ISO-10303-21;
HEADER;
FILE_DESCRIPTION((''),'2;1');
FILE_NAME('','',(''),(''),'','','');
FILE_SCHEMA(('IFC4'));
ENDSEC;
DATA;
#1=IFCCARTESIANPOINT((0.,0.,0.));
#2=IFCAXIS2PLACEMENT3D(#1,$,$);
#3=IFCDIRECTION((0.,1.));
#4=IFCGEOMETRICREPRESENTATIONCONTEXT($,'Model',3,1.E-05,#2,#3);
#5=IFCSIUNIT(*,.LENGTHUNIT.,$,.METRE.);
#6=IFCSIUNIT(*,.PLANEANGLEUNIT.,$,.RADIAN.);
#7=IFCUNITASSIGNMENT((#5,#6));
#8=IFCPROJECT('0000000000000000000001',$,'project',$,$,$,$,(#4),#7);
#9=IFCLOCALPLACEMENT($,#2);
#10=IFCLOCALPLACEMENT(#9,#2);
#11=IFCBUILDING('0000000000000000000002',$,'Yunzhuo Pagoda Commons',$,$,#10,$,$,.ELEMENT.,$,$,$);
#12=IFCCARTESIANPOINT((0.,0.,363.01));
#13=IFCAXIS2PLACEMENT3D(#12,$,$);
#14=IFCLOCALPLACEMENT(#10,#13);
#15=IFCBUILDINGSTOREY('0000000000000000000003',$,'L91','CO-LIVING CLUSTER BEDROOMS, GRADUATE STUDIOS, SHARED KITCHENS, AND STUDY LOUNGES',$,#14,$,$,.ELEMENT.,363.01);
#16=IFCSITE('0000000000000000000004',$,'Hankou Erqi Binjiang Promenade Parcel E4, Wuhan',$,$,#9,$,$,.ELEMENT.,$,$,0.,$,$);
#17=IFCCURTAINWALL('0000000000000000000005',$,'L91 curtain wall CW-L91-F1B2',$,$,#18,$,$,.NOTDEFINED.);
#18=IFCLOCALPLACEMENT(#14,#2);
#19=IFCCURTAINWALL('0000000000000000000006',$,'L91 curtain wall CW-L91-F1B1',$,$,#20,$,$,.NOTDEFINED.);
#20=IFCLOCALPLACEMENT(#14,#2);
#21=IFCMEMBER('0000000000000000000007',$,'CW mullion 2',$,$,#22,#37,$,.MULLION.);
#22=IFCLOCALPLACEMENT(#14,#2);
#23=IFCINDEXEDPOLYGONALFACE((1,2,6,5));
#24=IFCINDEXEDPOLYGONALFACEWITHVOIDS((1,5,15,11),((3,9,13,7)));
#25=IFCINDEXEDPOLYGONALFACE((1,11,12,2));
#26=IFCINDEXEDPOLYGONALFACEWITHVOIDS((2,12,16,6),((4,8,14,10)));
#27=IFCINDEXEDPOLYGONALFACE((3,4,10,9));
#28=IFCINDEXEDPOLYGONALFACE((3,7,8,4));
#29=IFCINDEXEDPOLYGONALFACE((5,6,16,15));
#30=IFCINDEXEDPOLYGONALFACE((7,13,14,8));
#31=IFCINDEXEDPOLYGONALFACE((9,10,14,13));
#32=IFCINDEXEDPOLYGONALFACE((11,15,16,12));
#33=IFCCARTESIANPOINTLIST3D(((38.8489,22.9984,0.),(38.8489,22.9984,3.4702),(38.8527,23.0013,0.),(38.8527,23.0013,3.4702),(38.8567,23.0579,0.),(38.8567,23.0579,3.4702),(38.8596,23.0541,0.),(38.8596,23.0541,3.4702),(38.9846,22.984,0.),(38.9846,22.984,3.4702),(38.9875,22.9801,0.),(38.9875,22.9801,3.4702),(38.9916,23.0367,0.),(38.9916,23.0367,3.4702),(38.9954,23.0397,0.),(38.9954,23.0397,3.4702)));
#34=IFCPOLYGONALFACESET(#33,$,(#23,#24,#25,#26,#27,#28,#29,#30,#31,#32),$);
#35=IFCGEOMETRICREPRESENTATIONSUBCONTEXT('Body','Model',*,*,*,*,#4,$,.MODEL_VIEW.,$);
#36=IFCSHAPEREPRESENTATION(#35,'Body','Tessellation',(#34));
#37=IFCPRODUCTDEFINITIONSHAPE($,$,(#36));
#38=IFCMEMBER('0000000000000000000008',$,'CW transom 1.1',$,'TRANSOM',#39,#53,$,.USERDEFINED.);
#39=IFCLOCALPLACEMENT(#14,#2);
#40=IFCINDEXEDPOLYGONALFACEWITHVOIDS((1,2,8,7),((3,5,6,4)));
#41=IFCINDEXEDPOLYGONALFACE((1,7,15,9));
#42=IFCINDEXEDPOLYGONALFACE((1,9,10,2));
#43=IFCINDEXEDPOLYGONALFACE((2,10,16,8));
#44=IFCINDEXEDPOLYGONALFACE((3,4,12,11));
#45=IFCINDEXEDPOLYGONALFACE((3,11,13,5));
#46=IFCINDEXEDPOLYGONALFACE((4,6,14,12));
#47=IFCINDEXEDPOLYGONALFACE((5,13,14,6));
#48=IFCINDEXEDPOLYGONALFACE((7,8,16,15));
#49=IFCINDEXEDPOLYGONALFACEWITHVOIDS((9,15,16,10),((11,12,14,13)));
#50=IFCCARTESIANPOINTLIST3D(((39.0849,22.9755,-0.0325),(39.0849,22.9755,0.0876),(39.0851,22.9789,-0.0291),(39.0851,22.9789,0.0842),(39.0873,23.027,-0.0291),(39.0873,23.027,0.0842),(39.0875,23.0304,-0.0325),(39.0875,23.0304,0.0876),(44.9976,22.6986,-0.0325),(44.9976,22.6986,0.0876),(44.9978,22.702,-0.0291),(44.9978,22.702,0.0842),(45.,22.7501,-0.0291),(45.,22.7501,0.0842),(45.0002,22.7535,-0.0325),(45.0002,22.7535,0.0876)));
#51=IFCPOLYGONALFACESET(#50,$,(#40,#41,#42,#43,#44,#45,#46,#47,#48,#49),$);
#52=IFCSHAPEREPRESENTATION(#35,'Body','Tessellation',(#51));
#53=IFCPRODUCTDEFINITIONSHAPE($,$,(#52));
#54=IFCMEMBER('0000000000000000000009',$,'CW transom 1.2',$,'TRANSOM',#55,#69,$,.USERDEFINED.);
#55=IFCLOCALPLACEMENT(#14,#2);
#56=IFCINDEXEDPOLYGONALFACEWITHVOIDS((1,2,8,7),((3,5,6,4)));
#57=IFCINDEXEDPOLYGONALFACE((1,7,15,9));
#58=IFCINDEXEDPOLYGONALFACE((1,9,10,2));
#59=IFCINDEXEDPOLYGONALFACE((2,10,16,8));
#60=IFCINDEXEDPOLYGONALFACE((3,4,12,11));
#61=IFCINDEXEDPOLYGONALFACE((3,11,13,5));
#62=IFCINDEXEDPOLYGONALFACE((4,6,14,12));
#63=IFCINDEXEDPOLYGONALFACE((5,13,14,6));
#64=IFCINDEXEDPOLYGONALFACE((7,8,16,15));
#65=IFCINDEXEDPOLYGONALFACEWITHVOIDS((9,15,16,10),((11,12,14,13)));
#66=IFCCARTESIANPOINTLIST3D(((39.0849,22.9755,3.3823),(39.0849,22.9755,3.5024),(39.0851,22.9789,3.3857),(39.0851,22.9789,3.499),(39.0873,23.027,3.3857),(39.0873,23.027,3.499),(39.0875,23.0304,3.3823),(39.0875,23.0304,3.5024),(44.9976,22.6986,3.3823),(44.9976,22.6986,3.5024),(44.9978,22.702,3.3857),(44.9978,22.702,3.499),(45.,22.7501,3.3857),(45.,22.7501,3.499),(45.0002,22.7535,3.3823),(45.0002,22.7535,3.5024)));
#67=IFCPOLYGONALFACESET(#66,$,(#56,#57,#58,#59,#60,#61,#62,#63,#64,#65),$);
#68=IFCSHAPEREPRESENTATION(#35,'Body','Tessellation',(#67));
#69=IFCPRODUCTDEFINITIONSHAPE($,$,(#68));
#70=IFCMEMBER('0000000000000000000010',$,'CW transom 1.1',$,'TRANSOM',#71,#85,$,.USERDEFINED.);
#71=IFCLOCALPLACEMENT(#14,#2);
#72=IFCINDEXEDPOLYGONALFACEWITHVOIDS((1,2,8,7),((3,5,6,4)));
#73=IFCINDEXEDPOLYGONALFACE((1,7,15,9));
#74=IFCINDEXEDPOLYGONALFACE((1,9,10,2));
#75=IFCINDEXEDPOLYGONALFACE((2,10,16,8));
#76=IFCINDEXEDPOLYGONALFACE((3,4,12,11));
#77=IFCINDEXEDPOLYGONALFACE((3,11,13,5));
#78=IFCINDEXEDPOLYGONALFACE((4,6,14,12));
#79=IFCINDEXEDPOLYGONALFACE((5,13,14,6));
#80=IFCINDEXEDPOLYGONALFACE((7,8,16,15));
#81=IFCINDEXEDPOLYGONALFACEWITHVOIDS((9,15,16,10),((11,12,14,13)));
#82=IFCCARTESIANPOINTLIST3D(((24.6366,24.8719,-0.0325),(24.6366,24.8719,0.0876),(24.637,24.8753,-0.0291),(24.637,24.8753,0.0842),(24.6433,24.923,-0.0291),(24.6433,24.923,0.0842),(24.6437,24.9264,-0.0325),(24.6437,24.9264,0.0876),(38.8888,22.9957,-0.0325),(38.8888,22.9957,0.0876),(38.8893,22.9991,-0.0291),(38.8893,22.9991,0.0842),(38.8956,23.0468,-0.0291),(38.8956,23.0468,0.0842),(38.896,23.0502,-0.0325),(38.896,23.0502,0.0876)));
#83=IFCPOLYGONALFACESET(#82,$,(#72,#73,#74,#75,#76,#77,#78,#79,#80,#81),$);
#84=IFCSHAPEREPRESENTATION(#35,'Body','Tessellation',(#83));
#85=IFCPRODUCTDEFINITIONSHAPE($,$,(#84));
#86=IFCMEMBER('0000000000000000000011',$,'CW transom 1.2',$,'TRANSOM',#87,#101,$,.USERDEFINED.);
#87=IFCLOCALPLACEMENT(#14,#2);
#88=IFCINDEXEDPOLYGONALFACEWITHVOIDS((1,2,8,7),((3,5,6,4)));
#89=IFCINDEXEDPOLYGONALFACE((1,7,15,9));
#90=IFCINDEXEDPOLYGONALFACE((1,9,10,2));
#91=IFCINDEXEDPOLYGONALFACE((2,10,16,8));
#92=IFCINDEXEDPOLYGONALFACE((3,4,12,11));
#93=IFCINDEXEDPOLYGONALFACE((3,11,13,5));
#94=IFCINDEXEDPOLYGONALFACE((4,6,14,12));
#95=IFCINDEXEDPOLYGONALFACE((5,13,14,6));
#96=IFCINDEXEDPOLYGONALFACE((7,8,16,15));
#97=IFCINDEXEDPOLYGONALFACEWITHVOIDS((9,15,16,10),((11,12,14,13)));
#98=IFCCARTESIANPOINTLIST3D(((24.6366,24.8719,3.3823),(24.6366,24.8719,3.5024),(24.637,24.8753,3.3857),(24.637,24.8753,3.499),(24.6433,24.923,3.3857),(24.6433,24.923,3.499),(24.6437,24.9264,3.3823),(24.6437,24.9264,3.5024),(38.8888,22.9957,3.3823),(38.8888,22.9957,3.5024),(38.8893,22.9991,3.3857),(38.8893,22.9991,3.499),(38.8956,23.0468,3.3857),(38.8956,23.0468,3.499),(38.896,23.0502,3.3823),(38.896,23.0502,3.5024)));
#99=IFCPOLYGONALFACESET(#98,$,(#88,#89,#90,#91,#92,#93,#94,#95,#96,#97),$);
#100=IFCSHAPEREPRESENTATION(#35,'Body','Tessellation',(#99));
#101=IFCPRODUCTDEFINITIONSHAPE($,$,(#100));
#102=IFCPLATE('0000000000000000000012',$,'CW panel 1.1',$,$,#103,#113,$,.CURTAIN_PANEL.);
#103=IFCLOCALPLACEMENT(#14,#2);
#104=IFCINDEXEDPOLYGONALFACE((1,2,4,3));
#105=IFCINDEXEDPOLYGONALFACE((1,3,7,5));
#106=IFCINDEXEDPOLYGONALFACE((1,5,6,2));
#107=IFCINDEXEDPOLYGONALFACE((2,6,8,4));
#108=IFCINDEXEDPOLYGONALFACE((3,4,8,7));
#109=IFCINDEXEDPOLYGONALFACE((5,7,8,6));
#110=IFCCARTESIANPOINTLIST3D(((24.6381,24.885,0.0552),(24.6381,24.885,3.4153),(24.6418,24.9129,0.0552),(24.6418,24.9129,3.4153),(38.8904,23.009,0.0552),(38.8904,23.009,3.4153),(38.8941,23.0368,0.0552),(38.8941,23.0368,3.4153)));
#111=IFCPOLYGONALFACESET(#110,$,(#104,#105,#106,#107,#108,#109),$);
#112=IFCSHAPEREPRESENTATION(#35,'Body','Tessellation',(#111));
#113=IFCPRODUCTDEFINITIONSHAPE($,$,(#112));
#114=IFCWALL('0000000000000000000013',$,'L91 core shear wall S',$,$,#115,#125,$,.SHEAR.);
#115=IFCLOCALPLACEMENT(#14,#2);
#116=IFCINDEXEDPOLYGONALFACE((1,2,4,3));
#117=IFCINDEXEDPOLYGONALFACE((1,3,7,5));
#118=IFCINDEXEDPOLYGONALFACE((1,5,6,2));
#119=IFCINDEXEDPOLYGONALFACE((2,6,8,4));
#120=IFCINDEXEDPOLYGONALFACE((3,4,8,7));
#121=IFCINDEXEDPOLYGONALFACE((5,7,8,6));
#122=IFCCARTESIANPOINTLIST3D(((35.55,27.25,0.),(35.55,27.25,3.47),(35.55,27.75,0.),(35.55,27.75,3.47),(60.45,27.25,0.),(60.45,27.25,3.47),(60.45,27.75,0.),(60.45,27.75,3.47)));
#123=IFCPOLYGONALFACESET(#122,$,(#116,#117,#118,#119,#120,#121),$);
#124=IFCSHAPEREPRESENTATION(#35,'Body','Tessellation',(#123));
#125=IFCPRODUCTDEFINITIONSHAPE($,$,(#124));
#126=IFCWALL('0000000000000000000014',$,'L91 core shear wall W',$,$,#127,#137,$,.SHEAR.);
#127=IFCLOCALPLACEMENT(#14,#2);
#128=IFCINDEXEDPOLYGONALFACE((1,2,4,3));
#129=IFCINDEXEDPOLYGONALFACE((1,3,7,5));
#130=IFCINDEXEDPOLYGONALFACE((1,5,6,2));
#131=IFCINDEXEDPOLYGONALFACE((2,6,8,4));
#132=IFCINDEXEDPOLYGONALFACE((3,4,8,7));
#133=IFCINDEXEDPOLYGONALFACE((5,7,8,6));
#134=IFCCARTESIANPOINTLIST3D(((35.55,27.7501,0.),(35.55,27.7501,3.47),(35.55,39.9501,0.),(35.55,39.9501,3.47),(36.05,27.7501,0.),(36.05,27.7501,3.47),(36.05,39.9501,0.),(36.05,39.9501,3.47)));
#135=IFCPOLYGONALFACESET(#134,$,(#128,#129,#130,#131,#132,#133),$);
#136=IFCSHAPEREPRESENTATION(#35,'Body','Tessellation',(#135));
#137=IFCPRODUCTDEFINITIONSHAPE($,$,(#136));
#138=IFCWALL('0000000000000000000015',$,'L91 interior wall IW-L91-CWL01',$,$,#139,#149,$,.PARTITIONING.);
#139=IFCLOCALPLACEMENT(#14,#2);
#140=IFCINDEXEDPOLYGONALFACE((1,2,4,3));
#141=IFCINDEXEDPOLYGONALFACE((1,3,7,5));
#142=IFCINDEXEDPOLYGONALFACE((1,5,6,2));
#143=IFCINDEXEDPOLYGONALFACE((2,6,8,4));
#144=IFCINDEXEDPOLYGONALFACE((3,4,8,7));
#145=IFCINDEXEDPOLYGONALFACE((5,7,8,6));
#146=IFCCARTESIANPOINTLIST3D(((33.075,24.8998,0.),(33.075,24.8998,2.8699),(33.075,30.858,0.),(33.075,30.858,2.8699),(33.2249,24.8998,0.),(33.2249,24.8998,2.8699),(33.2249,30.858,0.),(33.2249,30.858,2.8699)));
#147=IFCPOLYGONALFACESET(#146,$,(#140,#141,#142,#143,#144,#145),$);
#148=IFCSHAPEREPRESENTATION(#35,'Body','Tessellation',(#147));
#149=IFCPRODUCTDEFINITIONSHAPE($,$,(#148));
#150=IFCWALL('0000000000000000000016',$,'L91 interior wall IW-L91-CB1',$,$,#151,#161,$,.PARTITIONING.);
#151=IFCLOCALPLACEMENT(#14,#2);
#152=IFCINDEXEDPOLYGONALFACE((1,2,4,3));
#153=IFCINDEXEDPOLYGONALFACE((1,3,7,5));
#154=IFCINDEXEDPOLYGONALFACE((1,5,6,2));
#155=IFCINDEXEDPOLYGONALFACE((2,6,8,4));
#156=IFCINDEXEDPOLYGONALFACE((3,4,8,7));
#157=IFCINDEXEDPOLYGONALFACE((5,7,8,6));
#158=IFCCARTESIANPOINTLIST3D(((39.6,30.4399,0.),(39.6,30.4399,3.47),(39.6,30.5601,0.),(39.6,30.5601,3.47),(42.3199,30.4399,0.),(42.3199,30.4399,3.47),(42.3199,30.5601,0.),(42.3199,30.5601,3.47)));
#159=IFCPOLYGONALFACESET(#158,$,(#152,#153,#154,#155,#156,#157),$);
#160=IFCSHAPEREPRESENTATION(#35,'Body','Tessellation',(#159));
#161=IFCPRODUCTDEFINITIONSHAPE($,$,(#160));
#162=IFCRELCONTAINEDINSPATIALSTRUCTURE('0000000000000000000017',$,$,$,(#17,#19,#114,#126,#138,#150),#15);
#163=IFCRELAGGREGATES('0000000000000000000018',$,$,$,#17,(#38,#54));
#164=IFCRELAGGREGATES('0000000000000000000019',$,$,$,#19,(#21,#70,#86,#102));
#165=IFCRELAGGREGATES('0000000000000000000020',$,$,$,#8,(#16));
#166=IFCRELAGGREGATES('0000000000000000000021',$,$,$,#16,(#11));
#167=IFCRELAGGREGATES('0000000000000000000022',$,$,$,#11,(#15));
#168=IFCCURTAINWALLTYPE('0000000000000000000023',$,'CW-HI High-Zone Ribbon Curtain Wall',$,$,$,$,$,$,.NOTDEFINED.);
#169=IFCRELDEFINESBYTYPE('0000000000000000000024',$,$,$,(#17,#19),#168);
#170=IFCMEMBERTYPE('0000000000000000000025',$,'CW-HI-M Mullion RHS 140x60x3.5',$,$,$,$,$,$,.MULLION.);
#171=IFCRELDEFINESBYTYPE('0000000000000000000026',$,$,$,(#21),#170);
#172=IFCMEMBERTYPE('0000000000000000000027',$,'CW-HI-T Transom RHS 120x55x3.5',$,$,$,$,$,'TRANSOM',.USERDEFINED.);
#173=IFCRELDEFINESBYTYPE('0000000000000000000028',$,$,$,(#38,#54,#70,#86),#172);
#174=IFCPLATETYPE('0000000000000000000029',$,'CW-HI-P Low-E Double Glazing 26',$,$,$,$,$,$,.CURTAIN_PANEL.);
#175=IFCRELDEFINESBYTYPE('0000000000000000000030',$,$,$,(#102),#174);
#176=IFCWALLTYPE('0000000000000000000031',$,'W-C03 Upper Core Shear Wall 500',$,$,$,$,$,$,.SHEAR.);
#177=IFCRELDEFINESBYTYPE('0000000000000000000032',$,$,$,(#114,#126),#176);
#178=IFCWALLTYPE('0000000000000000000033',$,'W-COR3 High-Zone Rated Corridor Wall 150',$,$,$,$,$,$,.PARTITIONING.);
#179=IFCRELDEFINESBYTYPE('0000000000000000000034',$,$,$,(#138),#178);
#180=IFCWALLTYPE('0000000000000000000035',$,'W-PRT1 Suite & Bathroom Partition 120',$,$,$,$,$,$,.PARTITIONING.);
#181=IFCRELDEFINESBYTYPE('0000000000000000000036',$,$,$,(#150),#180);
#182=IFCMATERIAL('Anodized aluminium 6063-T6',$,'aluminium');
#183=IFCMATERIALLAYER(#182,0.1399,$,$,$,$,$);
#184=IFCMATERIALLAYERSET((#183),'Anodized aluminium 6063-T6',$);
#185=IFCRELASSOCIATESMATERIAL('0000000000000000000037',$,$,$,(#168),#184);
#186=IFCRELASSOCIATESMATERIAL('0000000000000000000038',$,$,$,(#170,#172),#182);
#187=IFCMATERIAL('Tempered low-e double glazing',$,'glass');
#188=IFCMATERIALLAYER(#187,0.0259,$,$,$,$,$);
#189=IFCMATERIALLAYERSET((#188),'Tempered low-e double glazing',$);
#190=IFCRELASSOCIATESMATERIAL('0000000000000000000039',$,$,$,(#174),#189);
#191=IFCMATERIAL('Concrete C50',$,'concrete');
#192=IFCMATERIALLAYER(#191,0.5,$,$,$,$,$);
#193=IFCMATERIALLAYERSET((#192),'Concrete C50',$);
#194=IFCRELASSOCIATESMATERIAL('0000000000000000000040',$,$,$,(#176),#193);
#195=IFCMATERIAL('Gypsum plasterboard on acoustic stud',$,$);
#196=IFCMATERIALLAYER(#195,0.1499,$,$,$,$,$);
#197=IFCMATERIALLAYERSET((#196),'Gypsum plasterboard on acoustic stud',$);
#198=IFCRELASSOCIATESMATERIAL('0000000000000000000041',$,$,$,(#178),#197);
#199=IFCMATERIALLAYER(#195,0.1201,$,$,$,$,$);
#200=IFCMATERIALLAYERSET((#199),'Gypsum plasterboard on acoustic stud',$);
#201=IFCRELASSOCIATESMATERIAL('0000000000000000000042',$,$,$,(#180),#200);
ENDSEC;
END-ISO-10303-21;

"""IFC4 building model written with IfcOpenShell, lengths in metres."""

from ifc_helpers import new_model, si_unit, direction, frame, frame_2d, origin, origin_2d, place, context, subcontext, project, spatial, rectangle, hollow_rectangle, extrude, source, transform, mapped, material, layer, layer_set, material_profile, profile_set, type_object, element, aggregate, save


model = new_model("IFC4")

# Units and contexts
model_context = context("Model", 3, precision=1e-05, world=origin(), true_north=direction((0.0, 1.0)))
body_context = subcontext(model_context, "Body", "Model", "MODEL_VIEW")
ifc_project = project(units=[si_unit("LENGTHUNIT", "METRE"), si_unit("PLANEANGLEUNIT", "RADIAN")], contexts=[model_context])

# Site, building, storey
site_placement = place(None, origin())
site = spatial("IfcSite", under=ifc_project, at=site_placement, Name="Hankou Erqi Binjiang Promenade Parcel E4, Wuhan", CompositionType="ELEMENT", RefElevation=0.0)
building_placement = place(site_placement, origin())
building = spatial("IfcBuilding", under=site, at=building_placement, Name="Yunzhuo Pagoda Commons", CompositionType="ELEMENT")
storey_placement = place(building_placement, frame((0.0, 0.0, 363.01)))
storey = spatial("IfcBuildingStorey", under=building, at=storey_placement, Name="L91", Description="CO-LIVING CLUSTER BEDROOMS, GRADUATE STUDIOS, SHARED KITCHENS, AND STUDY LOUNGES", CompositionType="ELEMENT", Elevation=363.01)

# Curtain walls, member
ifc_material_1 = material(Name="Anodized aluminium 6063-T6", Category="aluminium")
ifc_layer_1 = layer(ifc_material_1, 0.1399)
ifc_layer_set_1 = layer_set([ifc_layer_1], Name="Anodized aluminium 6063-T6")
curtain_wall_type = type_object("IfcCurtainWallType", Name="CW-HI High-Zone Ribbon Curtain Wall", PredefinedType="NOTDEFINED", material=ifc_layer_set_1)
curtain_wall_1_placement = place(storey_placement, origin())
curtain_wall_1 = element("IfcCurtainWall", 1, at=curtain_wall_1_placement, inside=storey, type_object=curtain_wall_type, Name="L91 curtain wall CW-L91-F1B2", PredefinedType="NOTDEFINED")
ifc_material_profile_1 = material_profile(ifc_material_1, hollow_rectangle(XDim=0.0601, YDim=0.1399, WallThickness=0.0034, at=origin_2d()), Name="Anodized aluminium 6063-T6")
ifc_profile_set_1 = profile_set([ifc_material_profile_1], Name="Anodized aluminium 6063-T6")
member_type_1 = type_object("IfcMemberType", Name="CW-HI-M Mullion RHS 140x60x3.5", PredefinedType="MULLION", material=ifc_profile_set_1)
shared_shape_1 = source(origin(), body_context, "Body", "SweptSolid", [
    extrude(hollow_rectangle(XDim=0.0601, YDim=0.1399, WallThickness=0.0034, at=origin_2d()), origin(), (0.0, 0.0, 1.0), 3.4702),
])
curtain_wall_2_placement = place(storey_placement, origin())
curtain_wall_2 = element("IfcCurtainWall", 2, at=curtain_wall_2_placement, inside=storey, type_object=curtain_wall_type, Name="L91 curtain wall CW-L91-F1B1", PredefinedType="NOTDEFINED")
member_1_placement = place(storey_placement, frame((38.9221, 23.019, 0.0), z_axis=(0.0, 0.0, 1.0), x_axis=(0.130506, 0.991448, 0.0)))
member_1 = element("IfcMember", 3, at=member_1_placement, type_object=member_type_1, Name="CW mullion 2", PredefinedType="MULLION", context=body_context, shape_type="MappedRepresentation", body=[
    mapped(shared_shape_1, transform((0.0, 0.0, 0.0), scale=1.0)),
])

# Members
ifc_material_profile_2 = material_profile(ifc_material_1, hollow_rectangle(XDim=0.0549, YDim=0.1201, WallThickness=0.0034, at=origin_2d()), Name="Anodized aluminium 6063-T6")
ifc_profile_set_2 = profile_set([ifc_material_profile_2], Name="Anodized aluminium 6063-T6")
member_type_2 = type_object("IfcMemberType", Name="CW-HI-T Transom RHS 120x55x3.5", ElementType="TRANSOM", PredefinedType="USERDEFINED", material=ifc_profile_set_2)
shared_shape_2 = source(origin(), body_context, "Body", "SweptSolid", [
    extrude(hollow_rectangle(XDim=0.0549, YDim=0.1201, WallThickness=0.0034, at=origin_2d()), origin(), (0.0, 0.0, 1.0), 5.9192),
])
member_2_placement = place(storey_placement, frame((39.0862, 23.0029, 0.0276), z_axis=(0.998906, -0.046773, 0.0), x_axis=(0.046773, 0.998906, 0.0)))
member_2 = element("IfcMember", 4, at=member_2_placement, type_object=member_type_2, Name="CW transom 1.1", ObjectType="TRANSOM", PredefinedType="USERDEFINED", context=body_context, shape_type="MappedRepresentation", body=[
    mapped(shared_shape_2, transform((0.0, 0.0, 0.0), scale=1.0)),
])
member_3_placement = place(storey_placement, frame((39.0862, 23.0029, 3.4424), z_axis=(0.998906, -0.046773, 0.0), x_axis=(0.046773, 0.998906, 0.0)))
member_3 = element("IfcMember", 5, at=member_3_placement, type_object=member_type_2, Name="CW transom 1.2", ObjectType="TRANSOM", PredefinedType="USERDEFINED", context=body_context, shape_type="MappedRepresentation", body=[
    mapped(shared_shape_2, transform((0.0, 0.0, 0.0), scale=1.0)),
])
aggregate(curtain_wall_1, [member_2, member_3])
shared_shape_3 = source(origin(), body_context, "Body", "SweptSolid", [
    extrude(hollow_rectangle(XDim=0.0549, YDim=0.1201, WallThickness=0.0034, at=origin_2d()), origin(), (0.0, 0.0, 1.0), 14.3752),
])
member_4_placement = place(storey_placement, frame((24.6401, 24.8992, 0.0276), z_axis=(0.991446, -0.130518, 0.0), x_axis=(0.130518, 0.991446, 0.0)))
member_4 = element("IfcMember", 6, at=member_4_placement, type_object=member_type_2, Name="CW transom 1.1", ObjectType="TRANSOM", PredefinedType="USERDEFINED", context=body_context, shape_type="MappedRepresentation", body=[
    mapped(shared_shape_3, transform((0.0, 0.0, 0.0), scale=1.0)),
])
member_5_placement = place(storey_placement, frame((24.6401, 24.8992, 3.4424), z_axis=(0.991446, -0.130518, 0.0), x_axis=(0.130518, 0.991446, 0.0)))
member_5 = element("IfcMember", 7, at=member_5_placement, type_object=member_type_2, Name="CW transom 1.2", ObjectType="TRANSOM", PredefinedType="USERDEFINED", context=body_context, shape_type="MappedRepresentation", body=[
    mapped(shared_shape_3, transform((0.0, 0.0, 0.0), scale=1.0)),
])

# Plate
ifc_material_2 = material(Name="Tempered low-e double glazing", Category="glass")
ifc_layer_2 = layer(ifc_material_2, 0.0259)
ifc_layer_set_2 = layer_set([ifc_layer_2], Name="Tempered low-e double glazing")
plate_type = type_object("IfcPlateType", Name="CW-HI-P Low-E Double Glazing 26", PredefinedType="CURTAIN_PANEL", material=ifc_layer_set_2)
shared_shape_4 = source(origin(), body_context, "Body", "SweptSolid", [
    extrude(rectangle(XDim=14.3752, YDim=0.0281, at=origin_2d()), origin(), (0.0, 0.0, 1.0), 3.3601),
])
plate_placement = place(storey_placement, frame((31.7661, 23.9609, 0.0552), z_axis=(0.0, 0.0, 1.0), x_axis=(0.991448, -0.130506, 0.0)))
plate = element("IfcPlate", 8, at=plate_placement, type_object=plate_type, Name="CW panel 1.1", PredefinedType="CURTAIN_PANEL", context=body_context, shape_type="MappedRepresentation", body=[
    mapped(shared_shape_4, transform((0.0, 0.0, 0.0), scale=1.0)),
])
aggregate(curtain_wall_2, [member_1, member_4, member_5, plate])

# Walls
ifc_material_3 = material(Name="Concrete C50", Category="concrete")
ifc_layer_3 = layer(ifc_material_3, 0.5)
ifc_layer_set_3 = layer_set([ifc_layer_3], Name="Concrete C50")
wall_type_1 = type_object("IfcWallType", Name="W-C03 Upper Core Shear Wall 500", PredefinedType="SHEAR", material=ifc_layer_set_3)
wall_1_placement = place(storey_placement, frame((35.55, 27.5, 0.0), z_axis=(0.0, 0.0, 1.0), x_axis=(1.0, 0.0, 0.0)))
element("IfcWall", 9, at=wall_1_placement, inside=storey, type_object=wall_type_1, Name="L91 core shear wall S", PredefinedType="SHEAR", context=body_context, shape_type="SweptSolid", body=[
    extrude(rectangle(XDim=24.8999, YDim=0.5, at=frame_2d((12.45, 0.0))), origin(), (0.0, 0.0, 1.0), 3.47),
])
wall_2_placement = place(storey_placement, frame((35.8, 27.75, 0.0), z_axis=(0.0, 0.0, 1.0), x_axis=(0.0, 1.0, 0.0)))
element("IfcWall", 10, at=wall_2_placement, inside=storey, type_object=wall_type_1, Name="L91 core shear wall W", PredefinedType="SHEAR", context=body_context, shape_type="SweptSolid", body=[
    extrude(rectangle(XDim=12.2, YDim=0.5, at=frame_2d((6.1001, 0.0))), origin(), (0.0, 0.0, 1.0), 3.47),
])
ifc_material_4 = material(Name="Gypsum plasterboard on acoustic stud")
ifc_layer_4 = layer(ifc_material_4, 0.1499)
ifc_layer_set_4 = layer_set([ifc_layer_4], Name="Gypsum plasterboard on acoustic stud")
wall_type_2 = type_object("IfcWallType", Name="W-COR3 High-Zone Rated Corridor Wall 150", PredefinedType="PARTITIONING", material=ifc_layer_set_4)
wall_3_placement = place(storey_placement, frame((33.1499, 24.8999, 0.0), z_axis=(0.0, 0.0, 1.0), x_axis=(0.0, 1.0, 0.0)))
element("IfcWall", 11, at=wall_3_placement, inside=storey, type_object=wall_type_2, Name="L91 interior wall IW-L91-CWL01", PredefinedType="PARTITIONING", context=body_context, shape_type="SweptSolid", body=[
    extrude(rectangle(XDim=5.9583, YDim=0.1499, at=frame_2d((2.979, 0.0))), origin(), (0.0, 0.0, 1.0), 2.8699),
])
ifc_layer_5 = layer(ifc_material_4, 0.1201)
ifc_layer_set_5 = layer_set([ifc_layer_5], Name="Gypsum plasterboard on acoustic stud")
wall_type_3 = type_object("IfcWallType", Name="W-PRT1 Suite & Bathroom Partition 120", PredefinedType="PARTITIONING", material=ifc_layer_set_5)
wall_4_placement = place(storey_placement, frame((39.6001, 30.5, 0.0), z_axis=(0.0, 0.0, 1.0), x_axis=(1.0, 0.0, 0.0)))
element("IfcWall", 12, at=wall_4_placement, inside=storey, type_object=wall_type_3, Name="L91 interior wall IW-L91-CB1", PredefinedType="PARTITIONING", context=body_context, shape_type="SweptSolid", body=[
    extrude(rectangle(XDim=2.72, YDim=0.1201, at=frame_2d((1.3599, 0.0))), origin(), (0.0, 0.0, 1.0), 3.47),
])

save(model, "model.ifc")
